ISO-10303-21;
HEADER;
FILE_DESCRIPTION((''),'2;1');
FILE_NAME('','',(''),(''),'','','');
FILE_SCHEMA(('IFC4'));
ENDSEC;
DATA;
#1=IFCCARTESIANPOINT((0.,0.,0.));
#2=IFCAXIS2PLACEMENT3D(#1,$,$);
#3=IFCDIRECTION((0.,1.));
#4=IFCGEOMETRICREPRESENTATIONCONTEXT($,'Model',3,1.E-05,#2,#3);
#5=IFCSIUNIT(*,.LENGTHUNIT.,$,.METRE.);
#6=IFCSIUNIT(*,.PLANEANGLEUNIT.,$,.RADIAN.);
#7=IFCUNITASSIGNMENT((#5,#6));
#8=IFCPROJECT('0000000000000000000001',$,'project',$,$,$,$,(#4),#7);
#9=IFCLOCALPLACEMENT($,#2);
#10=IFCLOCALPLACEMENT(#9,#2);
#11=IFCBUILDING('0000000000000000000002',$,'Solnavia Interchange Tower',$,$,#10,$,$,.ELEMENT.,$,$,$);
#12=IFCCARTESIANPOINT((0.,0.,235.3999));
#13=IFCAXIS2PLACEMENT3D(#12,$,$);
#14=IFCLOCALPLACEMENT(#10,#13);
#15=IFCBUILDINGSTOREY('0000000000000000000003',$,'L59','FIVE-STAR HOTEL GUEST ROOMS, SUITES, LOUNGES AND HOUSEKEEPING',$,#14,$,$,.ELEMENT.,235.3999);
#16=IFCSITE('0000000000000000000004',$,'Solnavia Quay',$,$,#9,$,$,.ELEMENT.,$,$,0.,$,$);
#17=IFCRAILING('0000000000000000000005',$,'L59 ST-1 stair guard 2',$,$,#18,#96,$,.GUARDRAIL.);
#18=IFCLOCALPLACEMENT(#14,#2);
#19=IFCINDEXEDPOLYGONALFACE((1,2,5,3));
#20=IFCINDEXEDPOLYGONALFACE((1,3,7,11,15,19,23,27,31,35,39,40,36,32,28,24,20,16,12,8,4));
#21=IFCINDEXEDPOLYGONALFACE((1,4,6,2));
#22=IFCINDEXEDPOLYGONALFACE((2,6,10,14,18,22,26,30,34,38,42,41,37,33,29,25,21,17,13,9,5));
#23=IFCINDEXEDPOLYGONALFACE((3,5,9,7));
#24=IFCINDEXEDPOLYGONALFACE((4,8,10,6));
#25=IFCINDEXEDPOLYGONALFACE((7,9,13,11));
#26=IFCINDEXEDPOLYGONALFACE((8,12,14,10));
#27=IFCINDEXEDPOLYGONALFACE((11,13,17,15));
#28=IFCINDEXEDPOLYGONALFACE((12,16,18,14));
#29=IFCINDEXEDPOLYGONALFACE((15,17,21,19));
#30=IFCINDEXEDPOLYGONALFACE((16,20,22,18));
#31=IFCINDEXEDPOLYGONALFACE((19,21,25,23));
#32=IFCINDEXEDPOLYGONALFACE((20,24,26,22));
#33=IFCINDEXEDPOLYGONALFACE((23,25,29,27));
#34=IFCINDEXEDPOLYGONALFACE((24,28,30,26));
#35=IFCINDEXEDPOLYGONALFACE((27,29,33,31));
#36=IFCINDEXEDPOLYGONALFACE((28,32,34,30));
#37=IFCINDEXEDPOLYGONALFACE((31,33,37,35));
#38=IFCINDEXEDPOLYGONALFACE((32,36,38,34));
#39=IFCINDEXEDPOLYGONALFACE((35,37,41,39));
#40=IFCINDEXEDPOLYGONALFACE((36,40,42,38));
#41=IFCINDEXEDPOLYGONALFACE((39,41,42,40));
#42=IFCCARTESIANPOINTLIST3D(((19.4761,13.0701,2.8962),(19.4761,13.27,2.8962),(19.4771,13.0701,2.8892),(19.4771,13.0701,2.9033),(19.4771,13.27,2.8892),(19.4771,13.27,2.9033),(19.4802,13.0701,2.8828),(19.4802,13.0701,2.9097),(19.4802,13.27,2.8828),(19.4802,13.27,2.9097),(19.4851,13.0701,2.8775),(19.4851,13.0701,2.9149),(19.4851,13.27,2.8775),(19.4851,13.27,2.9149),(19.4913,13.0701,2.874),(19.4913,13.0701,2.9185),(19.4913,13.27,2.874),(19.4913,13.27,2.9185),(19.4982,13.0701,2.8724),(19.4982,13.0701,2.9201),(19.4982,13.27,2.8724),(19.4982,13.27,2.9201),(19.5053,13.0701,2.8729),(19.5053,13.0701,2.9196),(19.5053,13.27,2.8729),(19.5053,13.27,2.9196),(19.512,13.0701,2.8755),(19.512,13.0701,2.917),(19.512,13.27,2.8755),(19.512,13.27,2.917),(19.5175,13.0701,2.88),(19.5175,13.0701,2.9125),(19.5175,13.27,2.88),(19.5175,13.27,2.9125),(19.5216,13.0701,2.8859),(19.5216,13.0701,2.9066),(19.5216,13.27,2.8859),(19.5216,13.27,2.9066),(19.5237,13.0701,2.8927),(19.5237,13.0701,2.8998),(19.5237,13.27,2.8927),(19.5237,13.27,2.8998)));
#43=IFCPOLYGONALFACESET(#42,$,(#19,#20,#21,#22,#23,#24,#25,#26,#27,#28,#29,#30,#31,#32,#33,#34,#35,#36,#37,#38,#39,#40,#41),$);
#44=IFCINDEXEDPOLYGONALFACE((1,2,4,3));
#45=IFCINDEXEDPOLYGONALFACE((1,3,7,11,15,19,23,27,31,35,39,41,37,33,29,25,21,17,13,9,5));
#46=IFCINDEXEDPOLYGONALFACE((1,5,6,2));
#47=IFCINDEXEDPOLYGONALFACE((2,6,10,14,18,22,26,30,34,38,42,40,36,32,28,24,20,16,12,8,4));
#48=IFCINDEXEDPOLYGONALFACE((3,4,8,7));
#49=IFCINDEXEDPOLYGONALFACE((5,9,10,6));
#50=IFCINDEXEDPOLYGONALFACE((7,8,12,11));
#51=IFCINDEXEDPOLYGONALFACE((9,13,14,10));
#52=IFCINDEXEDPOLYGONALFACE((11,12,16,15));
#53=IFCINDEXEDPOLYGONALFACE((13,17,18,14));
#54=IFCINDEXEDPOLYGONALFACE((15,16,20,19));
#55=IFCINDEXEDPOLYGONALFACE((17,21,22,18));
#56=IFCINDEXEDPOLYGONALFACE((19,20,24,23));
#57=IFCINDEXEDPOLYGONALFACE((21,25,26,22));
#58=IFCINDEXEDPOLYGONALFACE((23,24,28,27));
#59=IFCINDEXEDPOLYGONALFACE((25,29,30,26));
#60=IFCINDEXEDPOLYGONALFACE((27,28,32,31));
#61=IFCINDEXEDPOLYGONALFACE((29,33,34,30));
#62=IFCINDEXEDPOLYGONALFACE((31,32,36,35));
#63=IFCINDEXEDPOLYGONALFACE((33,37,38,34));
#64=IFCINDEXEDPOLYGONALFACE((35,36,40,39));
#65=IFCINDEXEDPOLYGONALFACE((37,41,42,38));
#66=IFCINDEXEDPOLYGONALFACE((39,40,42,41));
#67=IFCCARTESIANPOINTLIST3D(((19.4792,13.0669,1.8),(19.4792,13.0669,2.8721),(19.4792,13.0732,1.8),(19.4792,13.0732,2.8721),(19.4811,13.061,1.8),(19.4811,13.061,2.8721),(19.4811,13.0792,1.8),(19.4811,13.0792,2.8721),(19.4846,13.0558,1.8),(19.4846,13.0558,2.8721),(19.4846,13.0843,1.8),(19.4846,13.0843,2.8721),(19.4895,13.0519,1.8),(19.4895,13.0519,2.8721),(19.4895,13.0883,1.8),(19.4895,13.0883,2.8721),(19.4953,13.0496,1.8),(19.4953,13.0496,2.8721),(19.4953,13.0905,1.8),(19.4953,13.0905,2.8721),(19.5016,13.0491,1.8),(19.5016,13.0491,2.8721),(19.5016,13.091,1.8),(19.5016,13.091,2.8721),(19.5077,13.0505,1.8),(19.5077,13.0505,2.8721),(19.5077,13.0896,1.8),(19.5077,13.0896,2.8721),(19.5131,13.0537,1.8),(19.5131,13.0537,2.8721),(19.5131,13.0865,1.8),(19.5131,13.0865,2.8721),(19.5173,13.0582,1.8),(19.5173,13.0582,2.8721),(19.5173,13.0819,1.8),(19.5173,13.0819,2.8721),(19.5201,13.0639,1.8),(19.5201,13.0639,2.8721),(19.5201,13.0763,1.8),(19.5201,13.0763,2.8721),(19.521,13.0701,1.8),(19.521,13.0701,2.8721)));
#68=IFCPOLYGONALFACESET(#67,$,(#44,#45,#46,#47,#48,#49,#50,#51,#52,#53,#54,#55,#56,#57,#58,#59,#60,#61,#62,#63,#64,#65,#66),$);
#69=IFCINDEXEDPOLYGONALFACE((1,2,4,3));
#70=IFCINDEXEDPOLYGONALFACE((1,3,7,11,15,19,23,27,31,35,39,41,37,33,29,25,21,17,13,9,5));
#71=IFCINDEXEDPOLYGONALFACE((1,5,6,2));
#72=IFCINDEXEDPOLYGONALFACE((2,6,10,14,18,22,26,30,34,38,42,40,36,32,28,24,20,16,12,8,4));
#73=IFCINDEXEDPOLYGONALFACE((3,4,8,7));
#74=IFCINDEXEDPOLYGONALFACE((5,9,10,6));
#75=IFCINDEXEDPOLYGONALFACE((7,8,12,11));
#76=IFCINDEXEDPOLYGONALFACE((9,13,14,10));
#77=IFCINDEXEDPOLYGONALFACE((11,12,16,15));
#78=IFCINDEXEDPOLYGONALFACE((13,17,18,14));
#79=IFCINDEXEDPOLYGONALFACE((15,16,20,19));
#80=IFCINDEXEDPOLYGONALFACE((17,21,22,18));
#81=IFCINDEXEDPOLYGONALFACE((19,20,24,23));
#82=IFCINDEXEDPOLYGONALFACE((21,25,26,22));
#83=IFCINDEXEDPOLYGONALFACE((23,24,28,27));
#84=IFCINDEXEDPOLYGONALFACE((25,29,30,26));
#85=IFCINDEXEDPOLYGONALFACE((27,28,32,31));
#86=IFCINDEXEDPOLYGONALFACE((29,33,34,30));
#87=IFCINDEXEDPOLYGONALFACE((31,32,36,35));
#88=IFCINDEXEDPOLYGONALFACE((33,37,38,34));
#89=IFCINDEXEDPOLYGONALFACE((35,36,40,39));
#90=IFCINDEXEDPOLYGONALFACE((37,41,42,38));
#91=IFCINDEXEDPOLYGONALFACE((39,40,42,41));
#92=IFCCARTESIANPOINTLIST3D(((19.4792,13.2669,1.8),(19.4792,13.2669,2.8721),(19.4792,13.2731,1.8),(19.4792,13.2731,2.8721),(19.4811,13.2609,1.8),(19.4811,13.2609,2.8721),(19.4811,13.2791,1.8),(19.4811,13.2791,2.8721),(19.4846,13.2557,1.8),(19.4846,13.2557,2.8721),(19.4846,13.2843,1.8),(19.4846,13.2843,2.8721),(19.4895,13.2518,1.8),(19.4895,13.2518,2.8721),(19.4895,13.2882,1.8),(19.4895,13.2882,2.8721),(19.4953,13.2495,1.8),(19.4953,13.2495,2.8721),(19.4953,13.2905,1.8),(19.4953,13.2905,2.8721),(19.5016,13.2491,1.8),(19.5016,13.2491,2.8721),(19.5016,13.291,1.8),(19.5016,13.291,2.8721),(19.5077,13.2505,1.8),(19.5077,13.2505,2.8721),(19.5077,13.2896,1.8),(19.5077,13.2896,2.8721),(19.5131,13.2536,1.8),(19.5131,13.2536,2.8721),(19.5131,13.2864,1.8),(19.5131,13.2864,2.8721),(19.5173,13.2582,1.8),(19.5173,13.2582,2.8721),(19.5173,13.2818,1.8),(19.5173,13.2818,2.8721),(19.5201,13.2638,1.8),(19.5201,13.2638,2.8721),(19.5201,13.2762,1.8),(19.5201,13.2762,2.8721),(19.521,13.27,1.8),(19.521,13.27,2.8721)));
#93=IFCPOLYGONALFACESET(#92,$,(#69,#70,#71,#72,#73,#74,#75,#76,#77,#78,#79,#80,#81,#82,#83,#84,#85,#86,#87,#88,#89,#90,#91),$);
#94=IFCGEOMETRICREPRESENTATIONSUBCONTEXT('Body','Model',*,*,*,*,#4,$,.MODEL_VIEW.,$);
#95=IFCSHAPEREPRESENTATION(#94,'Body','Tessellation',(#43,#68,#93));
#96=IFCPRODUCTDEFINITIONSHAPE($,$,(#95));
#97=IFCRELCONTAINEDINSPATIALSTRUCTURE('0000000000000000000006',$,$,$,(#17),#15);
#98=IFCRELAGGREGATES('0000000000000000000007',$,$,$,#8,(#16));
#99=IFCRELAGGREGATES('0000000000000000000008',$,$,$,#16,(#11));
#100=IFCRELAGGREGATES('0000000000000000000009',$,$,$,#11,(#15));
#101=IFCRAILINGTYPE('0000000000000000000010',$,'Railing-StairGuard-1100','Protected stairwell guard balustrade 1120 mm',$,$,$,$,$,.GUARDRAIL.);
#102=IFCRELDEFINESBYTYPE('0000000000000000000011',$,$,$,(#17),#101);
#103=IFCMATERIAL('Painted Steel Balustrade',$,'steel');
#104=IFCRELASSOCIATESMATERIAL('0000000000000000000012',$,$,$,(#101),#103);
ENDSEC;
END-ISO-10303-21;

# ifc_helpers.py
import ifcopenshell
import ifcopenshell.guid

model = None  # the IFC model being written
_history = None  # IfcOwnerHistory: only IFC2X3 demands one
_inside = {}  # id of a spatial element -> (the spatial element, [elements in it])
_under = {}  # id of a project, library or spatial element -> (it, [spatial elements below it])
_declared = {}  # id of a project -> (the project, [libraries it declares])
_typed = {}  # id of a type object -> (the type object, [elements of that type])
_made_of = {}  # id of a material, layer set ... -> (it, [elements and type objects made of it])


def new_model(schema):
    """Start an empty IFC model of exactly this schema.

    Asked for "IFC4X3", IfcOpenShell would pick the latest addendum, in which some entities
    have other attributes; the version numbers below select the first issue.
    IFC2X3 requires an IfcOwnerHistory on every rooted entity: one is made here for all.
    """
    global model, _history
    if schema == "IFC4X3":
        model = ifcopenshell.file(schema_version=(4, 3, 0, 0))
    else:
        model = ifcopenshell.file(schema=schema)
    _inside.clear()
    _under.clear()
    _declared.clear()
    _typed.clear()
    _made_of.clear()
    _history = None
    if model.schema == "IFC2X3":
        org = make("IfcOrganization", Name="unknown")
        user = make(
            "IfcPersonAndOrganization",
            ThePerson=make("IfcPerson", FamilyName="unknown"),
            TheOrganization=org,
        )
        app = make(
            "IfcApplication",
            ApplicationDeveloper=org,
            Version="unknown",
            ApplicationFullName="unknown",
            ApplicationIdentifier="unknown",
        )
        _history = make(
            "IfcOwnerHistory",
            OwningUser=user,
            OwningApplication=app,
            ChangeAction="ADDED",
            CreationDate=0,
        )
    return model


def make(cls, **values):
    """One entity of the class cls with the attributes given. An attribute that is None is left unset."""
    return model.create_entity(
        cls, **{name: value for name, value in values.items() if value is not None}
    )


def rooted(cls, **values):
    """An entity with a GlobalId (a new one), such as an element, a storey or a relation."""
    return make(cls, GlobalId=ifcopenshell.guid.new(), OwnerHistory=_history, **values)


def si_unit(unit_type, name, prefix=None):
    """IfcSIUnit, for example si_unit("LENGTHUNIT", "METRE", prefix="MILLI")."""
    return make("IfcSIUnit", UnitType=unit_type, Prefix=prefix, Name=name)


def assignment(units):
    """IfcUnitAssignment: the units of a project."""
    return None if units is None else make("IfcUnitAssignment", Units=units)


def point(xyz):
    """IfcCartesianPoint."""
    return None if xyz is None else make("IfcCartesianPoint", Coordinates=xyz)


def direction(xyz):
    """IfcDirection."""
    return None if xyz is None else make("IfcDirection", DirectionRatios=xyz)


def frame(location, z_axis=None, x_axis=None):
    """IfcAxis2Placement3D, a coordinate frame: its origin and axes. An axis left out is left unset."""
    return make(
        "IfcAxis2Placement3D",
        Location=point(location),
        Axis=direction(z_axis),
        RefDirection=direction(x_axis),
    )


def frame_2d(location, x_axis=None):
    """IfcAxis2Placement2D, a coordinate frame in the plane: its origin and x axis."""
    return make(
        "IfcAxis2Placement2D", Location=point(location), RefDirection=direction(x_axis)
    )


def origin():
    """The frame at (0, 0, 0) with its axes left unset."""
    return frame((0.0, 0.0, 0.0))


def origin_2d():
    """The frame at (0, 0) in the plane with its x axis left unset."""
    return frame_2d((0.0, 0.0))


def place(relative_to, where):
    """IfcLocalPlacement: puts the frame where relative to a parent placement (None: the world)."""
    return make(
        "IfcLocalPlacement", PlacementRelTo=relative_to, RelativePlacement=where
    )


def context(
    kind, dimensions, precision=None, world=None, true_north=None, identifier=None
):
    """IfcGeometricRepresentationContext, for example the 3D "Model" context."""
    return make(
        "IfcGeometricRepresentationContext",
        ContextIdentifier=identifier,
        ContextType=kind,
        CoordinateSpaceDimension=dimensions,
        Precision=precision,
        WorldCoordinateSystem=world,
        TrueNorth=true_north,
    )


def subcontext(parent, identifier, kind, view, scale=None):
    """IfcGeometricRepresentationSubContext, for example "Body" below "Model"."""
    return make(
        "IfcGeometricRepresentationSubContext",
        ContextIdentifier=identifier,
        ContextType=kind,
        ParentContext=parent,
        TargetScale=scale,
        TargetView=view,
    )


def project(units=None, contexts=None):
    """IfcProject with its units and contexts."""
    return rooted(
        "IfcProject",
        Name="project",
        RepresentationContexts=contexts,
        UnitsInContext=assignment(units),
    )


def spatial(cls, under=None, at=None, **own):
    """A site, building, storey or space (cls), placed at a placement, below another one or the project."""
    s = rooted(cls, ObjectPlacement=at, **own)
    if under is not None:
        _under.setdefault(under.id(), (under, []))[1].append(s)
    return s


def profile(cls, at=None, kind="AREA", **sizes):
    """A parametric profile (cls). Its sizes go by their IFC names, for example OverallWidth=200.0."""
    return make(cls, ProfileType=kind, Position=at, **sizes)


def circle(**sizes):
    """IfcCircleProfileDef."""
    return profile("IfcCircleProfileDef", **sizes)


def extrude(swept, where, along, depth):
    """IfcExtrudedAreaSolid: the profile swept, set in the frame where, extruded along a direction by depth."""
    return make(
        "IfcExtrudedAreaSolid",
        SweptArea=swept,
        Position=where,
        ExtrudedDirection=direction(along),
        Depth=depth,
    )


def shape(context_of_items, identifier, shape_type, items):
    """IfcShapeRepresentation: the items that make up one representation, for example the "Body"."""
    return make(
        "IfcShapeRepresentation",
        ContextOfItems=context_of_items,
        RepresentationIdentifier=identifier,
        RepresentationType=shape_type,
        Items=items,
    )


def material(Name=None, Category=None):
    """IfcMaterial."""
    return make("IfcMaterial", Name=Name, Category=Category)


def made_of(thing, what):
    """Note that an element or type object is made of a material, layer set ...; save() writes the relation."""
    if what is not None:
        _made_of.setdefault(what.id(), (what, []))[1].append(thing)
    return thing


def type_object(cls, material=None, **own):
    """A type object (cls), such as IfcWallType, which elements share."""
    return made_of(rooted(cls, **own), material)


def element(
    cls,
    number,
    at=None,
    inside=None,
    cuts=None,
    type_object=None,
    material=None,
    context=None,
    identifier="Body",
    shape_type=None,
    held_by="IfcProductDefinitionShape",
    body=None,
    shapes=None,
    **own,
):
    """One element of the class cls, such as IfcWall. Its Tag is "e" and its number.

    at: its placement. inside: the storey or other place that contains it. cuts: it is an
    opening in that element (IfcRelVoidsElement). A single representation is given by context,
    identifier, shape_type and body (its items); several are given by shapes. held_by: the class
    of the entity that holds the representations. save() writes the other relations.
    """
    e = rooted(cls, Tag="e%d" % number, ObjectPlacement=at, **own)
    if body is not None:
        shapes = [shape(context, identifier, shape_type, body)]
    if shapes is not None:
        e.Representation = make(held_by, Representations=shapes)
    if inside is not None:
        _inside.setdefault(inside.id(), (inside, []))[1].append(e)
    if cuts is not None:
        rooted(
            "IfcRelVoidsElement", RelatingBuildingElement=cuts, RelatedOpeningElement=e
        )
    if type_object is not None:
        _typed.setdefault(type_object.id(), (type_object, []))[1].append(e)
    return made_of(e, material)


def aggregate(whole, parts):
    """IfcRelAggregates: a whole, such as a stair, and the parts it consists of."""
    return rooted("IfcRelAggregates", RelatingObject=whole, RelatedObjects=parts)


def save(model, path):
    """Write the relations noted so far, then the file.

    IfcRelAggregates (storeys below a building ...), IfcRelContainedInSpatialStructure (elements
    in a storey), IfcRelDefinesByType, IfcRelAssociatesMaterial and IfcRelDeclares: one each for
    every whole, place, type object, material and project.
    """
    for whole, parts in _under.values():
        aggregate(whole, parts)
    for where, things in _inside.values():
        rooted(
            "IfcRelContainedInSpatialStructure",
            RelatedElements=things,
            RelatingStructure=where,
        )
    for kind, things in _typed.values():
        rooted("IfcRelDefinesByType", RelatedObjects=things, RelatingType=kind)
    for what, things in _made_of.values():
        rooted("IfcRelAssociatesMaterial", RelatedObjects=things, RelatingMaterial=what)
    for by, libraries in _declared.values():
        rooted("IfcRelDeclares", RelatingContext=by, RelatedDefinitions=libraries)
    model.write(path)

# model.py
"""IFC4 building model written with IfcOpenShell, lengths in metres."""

from ifc_helpers import new_model, si_unit, direction, frame, origin, origin_2d, place, context, subcontext, project, spatial, circle, extrude, material, type_object, element, save


model = new_model("IFC4")

# Units and contexts
model_context = context("Model", 3, precision=1e-05, world=origin(), true_north=direction((0.0, 1.0)))
body_context = subcontext(model_context, "Body", "Model", "MODEL_VIEW")
ifc_project = project(units=[si_unit("LENGTHUNIT", "METRE"), si_unit("PLANEANGLEUNIT", "RADIAN")], contexts=[model_context])

# Site, building, storey
site_placement = place(None, origin())
site = spatial("IfcSite", under=ifc_project, at=site_placement, Name="Solnavia Quay", CompositionType="ELEMENT", RefElevation=0.0)
building_placement = place(site_placement, origin())
building = spatial("IfcBuilding", under=site, at=building_placement, Name="Solnavia Interchange Tower", CompositionType="ELEMENT")
storey_placement = place(building_placement, frame((0.0, 0.0, 235.3999)))
storey = spatial("IfcBuildingStorey", under=building, at=storey_placement, Name="L59", Description="FIVE-STAR HOTEL GUEST ROOMS, SUITES, LOUNGES AND HOUSEKEEPING", CompositionType="ELEMENT", Elevation=235.3999)

# Railing
ifc_material_1 = material(Name="Painted Steel Balustrade", Category="steel")
railing_type_1 = type_object("IfcRailingType", Name="Railing-StairGuard-1100", Description="Protected stairwell guard balustrade 1120 mm", PredefinedType="GUARDRAIL", material=ifc_material_1)
railing_1_placement = place(storey_placement, frame((19.5, 13.0701, 1.8)))
element("IfcRailing", 1, at=railing_1_placement, inside=storey, type_object=railing_type_1, Name="L59 ST-1 stair guard 2", PredefinedType="GUARDRAIL", context=body_context, shape_type="SweptSolid", body=[
    extrude(circle(Radius=0.0239, at=origin_2d()), frame((0.0, 0.0, 1.0962), z_axis=(0.0, 1.0, 0.0), x_axis=(-1.0, 0.0, 0.0)), (0.0, 0.0, 1.0), 0.2),
    extrude(circle(Radius=0.021, at=origin_2d()), origin(), (0.0, 0.0, 1.0), 1.072),
    extrude(circle(Radius=0.021, at=origin_2d()), frame((0.0, 0.2, 0.0)), (0.0, 0.0, 1.0), 1.072),
])

save(model, "model.ifc")
